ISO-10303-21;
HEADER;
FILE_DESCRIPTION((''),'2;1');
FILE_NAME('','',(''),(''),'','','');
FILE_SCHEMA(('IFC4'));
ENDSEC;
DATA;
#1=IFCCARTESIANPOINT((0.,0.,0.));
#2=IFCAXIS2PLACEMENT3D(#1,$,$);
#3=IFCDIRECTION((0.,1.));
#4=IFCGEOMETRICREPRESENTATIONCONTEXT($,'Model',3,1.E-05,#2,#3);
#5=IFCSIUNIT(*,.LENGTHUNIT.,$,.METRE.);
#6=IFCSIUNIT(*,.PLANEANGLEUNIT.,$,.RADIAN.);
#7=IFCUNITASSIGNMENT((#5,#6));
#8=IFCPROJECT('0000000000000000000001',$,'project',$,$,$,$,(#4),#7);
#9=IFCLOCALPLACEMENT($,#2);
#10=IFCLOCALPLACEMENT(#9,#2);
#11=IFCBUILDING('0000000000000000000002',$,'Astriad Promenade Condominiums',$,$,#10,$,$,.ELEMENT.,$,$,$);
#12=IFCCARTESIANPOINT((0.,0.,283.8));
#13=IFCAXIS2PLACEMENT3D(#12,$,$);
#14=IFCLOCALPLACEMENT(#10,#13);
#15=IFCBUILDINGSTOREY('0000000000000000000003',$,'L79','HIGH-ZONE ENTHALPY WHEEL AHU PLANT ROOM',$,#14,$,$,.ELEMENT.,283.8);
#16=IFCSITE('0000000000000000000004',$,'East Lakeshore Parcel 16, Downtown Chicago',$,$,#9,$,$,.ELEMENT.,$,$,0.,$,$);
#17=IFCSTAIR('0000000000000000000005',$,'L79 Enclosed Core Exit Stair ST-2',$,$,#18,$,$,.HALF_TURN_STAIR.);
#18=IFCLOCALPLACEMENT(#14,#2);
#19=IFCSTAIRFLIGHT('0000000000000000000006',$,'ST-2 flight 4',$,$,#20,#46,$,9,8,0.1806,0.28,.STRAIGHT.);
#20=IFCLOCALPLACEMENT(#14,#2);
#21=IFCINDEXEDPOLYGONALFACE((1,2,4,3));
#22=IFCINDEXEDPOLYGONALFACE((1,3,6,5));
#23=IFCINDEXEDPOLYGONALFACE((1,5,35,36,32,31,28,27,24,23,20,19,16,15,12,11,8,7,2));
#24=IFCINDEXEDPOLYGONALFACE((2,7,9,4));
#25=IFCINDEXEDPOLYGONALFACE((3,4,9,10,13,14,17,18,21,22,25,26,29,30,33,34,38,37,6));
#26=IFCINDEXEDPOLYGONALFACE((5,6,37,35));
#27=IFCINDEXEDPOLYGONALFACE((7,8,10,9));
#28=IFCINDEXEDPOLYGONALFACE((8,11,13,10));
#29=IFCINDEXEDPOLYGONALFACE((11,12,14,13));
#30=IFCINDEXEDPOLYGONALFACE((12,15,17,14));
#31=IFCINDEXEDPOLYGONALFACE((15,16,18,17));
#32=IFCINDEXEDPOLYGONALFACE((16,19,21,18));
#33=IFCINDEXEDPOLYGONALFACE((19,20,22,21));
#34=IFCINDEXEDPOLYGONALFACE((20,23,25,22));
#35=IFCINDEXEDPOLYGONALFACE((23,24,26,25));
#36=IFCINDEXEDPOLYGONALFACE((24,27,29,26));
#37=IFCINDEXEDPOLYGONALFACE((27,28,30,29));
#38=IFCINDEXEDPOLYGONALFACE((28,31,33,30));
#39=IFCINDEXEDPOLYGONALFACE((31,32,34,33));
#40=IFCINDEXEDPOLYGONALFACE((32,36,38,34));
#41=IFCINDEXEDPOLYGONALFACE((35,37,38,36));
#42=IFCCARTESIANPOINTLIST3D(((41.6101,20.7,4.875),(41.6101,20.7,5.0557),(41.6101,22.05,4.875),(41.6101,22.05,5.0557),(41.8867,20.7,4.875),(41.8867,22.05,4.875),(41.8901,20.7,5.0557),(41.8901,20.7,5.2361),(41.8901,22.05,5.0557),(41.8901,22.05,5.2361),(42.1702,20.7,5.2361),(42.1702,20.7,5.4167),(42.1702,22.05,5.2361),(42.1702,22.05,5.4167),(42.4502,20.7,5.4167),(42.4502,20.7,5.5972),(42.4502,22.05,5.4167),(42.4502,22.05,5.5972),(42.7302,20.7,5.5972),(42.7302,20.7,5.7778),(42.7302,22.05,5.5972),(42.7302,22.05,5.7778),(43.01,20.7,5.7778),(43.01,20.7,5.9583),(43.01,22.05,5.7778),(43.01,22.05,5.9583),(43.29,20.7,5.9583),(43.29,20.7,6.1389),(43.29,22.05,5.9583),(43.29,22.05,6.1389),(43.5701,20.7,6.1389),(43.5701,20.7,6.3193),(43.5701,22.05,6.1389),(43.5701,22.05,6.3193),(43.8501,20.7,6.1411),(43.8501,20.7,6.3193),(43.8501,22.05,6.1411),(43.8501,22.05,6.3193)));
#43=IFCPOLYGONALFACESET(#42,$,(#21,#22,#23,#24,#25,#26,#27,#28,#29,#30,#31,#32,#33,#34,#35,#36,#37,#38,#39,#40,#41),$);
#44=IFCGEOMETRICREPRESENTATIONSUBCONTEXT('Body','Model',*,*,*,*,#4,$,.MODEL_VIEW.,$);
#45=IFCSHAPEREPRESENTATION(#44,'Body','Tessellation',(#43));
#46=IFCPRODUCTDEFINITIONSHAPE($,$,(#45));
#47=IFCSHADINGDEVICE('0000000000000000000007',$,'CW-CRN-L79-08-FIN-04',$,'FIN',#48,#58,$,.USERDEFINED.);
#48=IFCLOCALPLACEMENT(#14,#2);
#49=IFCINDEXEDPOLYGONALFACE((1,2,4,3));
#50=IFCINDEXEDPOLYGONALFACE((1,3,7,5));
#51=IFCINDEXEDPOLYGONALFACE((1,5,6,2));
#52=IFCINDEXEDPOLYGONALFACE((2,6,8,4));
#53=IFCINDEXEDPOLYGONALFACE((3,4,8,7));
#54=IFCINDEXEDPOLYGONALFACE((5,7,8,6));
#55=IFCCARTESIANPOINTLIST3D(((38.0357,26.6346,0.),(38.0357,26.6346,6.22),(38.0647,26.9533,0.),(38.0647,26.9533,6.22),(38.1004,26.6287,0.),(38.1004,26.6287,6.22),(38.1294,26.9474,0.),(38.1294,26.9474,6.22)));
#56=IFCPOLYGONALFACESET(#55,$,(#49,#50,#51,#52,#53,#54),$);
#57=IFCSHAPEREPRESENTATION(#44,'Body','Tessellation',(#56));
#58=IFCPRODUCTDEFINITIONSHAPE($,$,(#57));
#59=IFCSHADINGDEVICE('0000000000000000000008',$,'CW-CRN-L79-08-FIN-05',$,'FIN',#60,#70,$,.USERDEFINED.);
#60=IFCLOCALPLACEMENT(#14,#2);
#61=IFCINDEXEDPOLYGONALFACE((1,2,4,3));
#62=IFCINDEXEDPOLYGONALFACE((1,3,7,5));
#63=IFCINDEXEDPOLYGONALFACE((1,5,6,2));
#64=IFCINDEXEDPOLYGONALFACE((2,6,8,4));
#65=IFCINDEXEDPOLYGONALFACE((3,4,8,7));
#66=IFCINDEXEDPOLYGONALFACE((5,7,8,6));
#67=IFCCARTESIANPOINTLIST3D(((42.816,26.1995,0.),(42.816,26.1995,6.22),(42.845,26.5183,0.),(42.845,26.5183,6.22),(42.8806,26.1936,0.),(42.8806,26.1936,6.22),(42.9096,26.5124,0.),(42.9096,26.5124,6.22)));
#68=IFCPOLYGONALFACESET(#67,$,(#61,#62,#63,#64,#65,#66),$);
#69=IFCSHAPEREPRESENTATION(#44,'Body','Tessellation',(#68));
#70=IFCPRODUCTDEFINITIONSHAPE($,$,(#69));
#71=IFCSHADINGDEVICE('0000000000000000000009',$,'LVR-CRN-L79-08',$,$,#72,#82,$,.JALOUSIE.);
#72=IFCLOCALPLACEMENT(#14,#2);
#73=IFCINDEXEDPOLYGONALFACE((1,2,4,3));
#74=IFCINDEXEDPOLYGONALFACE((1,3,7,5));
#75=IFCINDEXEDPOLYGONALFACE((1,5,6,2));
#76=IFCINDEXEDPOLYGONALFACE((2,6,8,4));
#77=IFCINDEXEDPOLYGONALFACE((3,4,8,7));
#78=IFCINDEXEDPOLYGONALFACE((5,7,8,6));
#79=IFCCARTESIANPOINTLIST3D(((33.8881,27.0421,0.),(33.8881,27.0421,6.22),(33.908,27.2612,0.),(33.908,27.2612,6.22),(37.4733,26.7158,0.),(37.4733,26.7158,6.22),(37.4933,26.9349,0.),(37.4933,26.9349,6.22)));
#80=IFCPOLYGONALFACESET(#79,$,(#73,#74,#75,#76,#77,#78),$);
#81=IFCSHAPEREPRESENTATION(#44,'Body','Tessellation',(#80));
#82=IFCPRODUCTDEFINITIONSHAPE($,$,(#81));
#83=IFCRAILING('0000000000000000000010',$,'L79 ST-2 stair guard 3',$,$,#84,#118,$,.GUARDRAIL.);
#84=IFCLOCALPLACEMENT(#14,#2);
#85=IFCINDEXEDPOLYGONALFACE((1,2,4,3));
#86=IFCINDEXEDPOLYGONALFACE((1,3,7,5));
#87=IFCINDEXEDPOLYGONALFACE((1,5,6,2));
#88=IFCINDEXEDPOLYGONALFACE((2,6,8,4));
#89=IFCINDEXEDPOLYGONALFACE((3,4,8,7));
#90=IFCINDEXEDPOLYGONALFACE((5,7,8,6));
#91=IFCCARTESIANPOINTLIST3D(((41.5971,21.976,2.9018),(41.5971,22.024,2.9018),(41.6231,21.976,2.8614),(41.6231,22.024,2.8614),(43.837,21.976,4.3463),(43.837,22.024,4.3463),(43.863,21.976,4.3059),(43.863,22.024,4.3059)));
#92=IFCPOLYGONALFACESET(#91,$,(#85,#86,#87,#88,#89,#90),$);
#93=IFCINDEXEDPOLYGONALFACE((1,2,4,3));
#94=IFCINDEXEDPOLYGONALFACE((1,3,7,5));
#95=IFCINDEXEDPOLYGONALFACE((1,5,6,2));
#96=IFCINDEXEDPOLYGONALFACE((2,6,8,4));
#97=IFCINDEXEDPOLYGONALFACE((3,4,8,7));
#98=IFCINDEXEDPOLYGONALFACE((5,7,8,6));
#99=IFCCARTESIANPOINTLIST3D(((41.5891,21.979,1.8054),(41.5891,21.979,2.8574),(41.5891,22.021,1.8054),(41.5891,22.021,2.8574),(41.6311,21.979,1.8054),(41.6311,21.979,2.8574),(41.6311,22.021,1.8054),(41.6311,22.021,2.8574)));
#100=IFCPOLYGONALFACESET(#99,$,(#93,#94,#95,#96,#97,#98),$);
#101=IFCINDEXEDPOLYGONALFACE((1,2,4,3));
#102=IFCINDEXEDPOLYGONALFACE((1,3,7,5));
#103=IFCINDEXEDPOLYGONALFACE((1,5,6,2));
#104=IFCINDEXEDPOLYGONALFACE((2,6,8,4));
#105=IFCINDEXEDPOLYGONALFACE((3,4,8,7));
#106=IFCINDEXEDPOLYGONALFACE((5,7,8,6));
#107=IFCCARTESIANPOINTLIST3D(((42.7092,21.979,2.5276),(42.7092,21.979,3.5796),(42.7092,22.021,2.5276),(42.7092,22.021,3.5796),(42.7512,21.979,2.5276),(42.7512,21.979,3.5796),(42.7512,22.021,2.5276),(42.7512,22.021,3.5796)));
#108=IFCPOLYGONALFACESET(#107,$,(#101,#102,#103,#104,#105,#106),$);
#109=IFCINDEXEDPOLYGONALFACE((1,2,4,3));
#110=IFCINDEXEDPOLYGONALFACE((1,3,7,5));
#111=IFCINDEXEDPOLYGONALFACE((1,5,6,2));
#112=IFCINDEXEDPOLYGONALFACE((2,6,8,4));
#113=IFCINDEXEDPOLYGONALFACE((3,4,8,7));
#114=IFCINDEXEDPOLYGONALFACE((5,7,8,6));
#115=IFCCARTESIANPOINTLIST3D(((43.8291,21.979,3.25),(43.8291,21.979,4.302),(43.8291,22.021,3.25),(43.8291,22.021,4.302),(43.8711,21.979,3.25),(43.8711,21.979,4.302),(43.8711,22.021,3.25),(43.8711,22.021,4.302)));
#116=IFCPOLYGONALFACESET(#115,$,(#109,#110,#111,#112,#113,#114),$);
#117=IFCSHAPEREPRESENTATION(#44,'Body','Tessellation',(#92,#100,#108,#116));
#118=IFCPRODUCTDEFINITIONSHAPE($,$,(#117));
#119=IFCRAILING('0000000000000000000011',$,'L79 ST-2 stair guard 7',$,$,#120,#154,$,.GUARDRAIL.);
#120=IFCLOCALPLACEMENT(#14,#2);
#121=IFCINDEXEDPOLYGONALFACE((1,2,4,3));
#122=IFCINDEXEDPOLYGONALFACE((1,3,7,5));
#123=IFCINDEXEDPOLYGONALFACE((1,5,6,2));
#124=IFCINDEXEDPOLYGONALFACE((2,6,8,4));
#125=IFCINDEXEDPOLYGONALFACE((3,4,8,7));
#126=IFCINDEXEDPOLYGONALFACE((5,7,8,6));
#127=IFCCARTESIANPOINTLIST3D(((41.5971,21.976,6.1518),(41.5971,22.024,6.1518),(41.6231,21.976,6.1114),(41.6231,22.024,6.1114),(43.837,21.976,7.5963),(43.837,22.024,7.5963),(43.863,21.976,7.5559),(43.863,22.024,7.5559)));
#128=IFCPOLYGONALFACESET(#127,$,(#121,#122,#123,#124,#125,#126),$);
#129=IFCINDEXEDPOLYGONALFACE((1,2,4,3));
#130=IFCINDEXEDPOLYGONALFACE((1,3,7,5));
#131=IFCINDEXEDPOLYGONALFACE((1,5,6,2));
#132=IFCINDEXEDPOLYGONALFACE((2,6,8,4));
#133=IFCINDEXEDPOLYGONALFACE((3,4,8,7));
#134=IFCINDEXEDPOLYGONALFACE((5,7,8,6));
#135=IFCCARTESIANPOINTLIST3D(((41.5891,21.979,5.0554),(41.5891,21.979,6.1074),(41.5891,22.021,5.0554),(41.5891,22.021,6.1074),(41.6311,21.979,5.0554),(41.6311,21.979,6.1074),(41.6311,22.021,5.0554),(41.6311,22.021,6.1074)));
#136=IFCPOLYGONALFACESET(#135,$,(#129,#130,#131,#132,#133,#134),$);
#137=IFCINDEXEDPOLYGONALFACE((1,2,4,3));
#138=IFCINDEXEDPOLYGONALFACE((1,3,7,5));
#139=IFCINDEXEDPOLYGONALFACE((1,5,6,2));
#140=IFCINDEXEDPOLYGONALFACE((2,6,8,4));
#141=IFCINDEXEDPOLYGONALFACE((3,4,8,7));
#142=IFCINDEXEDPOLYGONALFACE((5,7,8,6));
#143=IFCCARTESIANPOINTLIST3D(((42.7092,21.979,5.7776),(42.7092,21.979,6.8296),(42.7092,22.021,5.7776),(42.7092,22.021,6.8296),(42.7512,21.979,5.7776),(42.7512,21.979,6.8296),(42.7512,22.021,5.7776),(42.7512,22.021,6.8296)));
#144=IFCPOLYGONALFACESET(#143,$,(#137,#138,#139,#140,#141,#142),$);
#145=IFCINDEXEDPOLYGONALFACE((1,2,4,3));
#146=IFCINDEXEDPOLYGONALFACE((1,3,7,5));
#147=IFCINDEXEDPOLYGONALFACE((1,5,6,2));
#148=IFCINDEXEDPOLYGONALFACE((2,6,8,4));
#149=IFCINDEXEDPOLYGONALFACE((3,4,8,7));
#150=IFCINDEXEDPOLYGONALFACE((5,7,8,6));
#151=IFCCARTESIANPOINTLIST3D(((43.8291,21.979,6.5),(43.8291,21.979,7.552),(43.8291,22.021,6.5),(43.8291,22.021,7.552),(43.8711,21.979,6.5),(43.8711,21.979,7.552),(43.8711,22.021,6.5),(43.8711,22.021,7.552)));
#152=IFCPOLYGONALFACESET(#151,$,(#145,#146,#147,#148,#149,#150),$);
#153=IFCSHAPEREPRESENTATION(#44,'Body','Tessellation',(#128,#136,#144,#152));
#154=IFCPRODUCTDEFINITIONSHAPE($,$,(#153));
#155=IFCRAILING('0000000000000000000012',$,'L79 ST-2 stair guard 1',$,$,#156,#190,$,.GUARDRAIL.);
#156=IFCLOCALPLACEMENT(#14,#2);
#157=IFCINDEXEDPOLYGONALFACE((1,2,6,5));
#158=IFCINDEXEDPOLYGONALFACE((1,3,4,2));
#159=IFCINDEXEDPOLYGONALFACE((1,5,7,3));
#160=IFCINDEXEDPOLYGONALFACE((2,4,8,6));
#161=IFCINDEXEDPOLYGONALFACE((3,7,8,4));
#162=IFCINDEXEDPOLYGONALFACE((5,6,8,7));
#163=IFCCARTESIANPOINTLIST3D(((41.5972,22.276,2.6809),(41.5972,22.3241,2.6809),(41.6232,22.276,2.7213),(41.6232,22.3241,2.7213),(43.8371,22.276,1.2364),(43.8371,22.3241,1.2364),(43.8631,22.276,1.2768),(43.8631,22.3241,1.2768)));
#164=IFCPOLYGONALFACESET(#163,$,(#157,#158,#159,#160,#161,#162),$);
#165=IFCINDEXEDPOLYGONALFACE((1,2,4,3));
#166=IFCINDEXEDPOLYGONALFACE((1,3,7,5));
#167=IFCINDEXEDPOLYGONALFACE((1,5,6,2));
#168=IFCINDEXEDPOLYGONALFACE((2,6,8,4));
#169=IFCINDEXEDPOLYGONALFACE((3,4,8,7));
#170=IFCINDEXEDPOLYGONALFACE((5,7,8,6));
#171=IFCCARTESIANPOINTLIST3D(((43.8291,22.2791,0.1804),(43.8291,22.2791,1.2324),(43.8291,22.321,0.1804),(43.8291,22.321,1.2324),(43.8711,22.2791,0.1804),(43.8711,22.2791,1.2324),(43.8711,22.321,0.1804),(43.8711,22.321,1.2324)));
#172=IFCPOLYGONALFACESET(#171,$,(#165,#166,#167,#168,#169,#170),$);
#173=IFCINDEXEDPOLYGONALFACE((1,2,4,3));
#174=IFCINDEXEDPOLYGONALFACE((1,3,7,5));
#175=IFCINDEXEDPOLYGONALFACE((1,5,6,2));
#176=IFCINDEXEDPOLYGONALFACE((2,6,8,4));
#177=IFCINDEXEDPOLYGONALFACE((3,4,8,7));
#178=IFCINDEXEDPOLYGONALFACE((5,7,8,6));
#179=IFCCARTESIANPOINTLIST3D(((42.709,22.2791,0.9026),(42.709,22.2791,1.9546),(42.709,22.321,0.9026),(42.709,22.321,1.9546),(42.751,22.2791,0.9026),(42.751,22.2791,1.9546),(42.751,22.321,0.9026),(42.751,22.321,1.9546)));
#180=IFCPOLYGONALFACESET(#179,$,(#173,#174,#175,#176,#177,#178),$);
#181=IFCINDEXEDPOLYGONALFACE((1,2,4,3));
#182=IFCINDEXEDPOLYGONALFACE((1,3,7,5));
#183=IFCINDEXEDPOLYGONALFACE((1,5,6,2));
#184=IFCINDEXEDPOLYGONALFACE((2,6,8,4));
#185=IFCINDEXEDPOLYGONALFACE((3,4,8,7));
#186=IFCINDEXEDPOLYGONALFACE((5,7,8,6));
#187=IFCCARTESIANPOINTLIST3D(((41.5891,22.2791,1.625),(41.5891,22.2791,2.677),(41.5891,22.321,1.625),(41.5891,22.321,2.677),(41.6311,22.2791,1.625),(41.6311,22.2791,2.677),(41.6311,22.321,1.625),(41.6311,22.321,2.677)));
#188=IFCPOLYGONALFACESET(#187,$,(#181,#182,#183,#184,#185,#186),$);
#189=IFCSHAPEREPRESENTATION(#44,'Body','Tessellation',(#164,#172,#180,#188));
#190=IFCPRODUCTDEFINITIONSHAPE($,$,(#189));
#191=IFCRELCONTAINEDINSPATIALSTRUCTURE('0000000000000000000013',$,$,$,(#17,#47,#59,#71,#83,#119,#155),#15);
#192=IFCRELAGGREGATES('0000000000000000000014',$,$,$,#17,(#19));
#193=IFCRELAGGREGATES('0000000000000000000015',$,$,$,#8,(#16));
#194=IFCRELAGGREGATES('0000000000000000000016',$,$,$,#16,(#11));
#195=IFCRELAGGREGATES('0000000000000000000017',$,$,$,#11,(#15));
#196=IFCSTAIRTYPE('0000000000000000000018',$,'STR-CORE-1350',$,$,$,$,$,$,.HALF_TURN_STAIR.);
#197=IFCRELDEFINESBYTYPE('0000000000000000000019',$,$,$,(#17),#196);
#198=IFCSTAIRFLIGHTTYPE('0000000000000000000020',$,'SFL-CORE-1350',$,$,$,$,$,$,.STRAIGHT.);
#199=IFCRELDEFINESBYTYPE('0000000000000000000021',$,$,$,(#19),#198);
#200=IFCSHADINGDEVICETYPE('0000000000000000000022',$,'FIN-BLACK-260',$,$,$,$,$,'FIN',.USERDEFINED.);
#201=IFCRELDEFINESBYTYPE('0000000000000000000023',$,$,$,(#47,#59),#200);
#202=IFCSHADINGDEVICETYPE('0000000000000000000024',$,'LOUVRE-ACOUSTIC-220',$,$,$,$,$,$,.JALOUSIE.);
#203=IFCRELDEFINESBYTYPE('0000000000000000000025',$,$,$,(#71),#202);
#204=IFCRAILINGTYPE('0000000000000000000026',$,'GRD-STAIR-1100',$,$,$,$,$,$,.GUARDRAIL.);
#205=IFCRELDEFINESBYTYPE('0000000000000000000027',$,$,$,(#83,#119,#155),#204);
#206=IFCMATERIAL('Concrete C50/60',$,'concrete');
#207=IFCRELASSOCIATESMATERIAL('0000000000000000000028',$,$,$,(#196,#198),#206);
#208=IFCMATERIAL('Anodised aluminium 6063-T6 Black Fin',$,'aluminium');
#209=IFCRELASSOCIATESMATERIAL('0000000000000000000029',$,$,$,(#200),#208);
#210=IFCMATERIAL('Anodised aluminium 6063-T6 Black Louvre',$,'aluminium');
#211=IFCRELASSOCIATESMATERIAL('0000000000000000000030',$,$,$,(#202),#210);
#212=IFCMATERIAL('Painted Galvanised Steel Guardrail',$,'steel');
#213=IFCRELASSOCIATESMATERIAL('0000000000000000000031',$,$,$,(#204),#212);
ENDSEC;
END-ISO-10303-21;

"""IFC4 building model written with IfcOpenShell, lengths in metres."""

from ifc_helpers import new_model, si_unit, direction, frame, origin, origin_2d, place, context, subcontext, project, spatial, polyline, rectangle, outline, extrude, source, transform, mapped, material, type_object, type_shapes, element, aggregate, save


model = new_model("IFC4")

# Units and contexts
model_context = context("Model", 3, precision=1e-05, world=origin(), true_north=direction((0.0, 1.0)))
body_context = subcontext(model_context, "Body", "Model", "MODEL_VIEW")
ifc_project = project(units=[si_unit("LENGTHUNIT", "METRE"), si_unit("PLANEANGLEUNIT", "RADIAN")], contexts=[model_context])

# Site, building, storey
site_placement = place(None, origin())
site = spatial("IfcSite", under=ifc_project, at=site_placement, Name="East Lakeshore Parcel 16, Downtown Chicago", CompositionType="ELEMENT", RefElevation=0.0)
building_placement = place(site_placement, origin())
building = spatial("IfcBuilding", under=site, at=building_placement, Name="Astriad Promenade Condominiums", CompositionType="ELEMENT")
storey_placement = place(building_placement, frame((0.0, 0.0, 283.8)))
storey = spatial("IfcBuildingStorey", under=building, at=storey_placement, Name="L79", Description="HIGH-ZONE ENTHALPY WHEEL AHU PLANT ROOM", CompositionType="ELEMENT", Elevation=283.8)

# Shared definitions
ifc_material_1 = material(Name="Concrete C50/60", Category="concrete")

# Stair, stair flight
stair_type = type_object("IfcStairType", Name="STR-CORE-1350", PredefinedType="HALF_TURN_STAIR", material=ifc_material_1)
stair_placement = place(storey_placement, origin())
stair = element("IfcStair", 1, at=stair_placement, inside=storey, type_object=stair_type, Name="L79 Enclosed Core Exit Stair ST-2", PredefinedType="HALF_TURN_STAIR")
stair_flight_type = type_object("IfcStairFlightType", Name="SFL-CORE-1350", PredefinedType="STRAIGHT", material=ifc_material_1)
shared_shape_1 = source(origin(), body_context, "Body", "SweptSolid", [
    extrude(outline(polyline([(0.0, 0.0), (0.0, 0.1807), (0.28, 0.1807), (0.28, 0.3611), (0.5601, 0.3611), (0.5601, 0.5417), (0.8401, 0.5417), (0.8401, 0.7222), (1.1201, 0.7222), (1.1201, 0.9028), (1.3999, 0.9028), (1.3999, 1.0833), (1.6799, 1.0833), (1.6799, 1.2639), (1.96, 1.2639), (1.96, 1.4443), (2.24, 1.4443), (2.24, 1.625), (2.24, 1.2661), (0.2766, 0.0), (0.0, 0.0)])), frame((0.0, 0.675, 0.0), z_axis=(0.0, -1.0, 0.0), x_axis=(1.0, 0.0, 0.0)), (0.0, 0.0, 1.0), 1.3501),
])
type_shapes(stair_flight_type, [shared_shape_1])
stair_flight_1_placement = place(storey_placement, frame((41.6101, 21.375, 4.875), z_axis=(0.0, 0.0, 1.0), x_axis=(1.0, 0.0, 0.0)))
stair_flight_1 = element("IfcStairFlight", 2, at=stair_flight_1_placement, type_object=stair_flight_type, Name="ST-2 flight 4", NumberOfRisers=9, NumberOfTreads=8, PredefinedType="STRAIGHT", RiserHeight=0.1806, TreadLength=0.28, context=body_context, shape_type="MappedRepresentation", body=[
    mapped(shared_shape_1, transform((0.0, 0.0, 0.0), scale=1.0)),
])
aggregate(stair, [stair_flight_1])

# Shading devices
ifc_material_2 = material(Name="Anodised aluminium 6063-T6 Black Fin", Category="aluminium")
shading_device_type_1 = type_object("IfcShadingDeviceType", Name="FIN-BLACK-260", ElementType="FIN", PredefinedType="USERDEFINED", material=ifc_material_2)
shared_shape_2 = source(origin(), body_context, "Body", "SweptSolid", [
    extrude(rectangle(XDim=0.0649, YDim=0.3201, at=origin_2d()), origin(), (0.0, 0.0, 1.0), 6.22),
])
type_shapes(shading_device_type_1, [shared_shape_2])
for number, where, z_axis, x_axis, name in (
    (3, (38.0825, 26.791, 0.0), (0.0, 0.0, 1.0), (0.995884, -0.090633, 0.0), "CW-CRN-L79-08-FIN-04"),
    (4, (42.8628, 26.356, 0.0), (0.0, 0.0, 1.0), (0.995884, -0.090633, 0.0), "CW-CRN-L79-08-FIN-05"),
):
    element("IfcShadingDevice", number, at=place(storey_placement, frame(where, z_axis=z_axis, x_axis=x_axis)), inside=storey, type_object=shading_device_type_1, Name=name, ObjectType="FIN", PredefinedType="USERDEFINED", context=body_context, shape_type="MappedRepresentation", body=[
        mapped(shared_shape_2, transform((0.0, 0.0, 0.0), scale=1.0)),
    ])
ifc_material_3 = material(Name="Anodised aluminium 6063-T6 Black Louvre", Category="aluminium")
shading_device_type_2 = type_object("IfcShadingDeviceType", Name="LOUVRE-ACOUSTIC-220", PredefinedType="JALOUSIE", material=ifc_material_3)
shared_shape_3 = source(origin(), body_context, "Body", "SweptSolid", [
    extrude(rectangle(XDim=3.6001, YDim=0.22, at=origin_2d()), origin(), (0.0, 0.0, 1.0), 6.22),
])
type_shapes(shading_device_type_2, [shared_shape_3])
shading_device_placement = place(storey_placement, frame((35.6907, 26.9885, 0.0), z_axis=(0.0, 0.0, 1.0), x_axis=(0.995884, -0.090633, 0.0)))
element("IfcShadingDevice", 5, at=shading_device_placement, inside=storey, type_object=shading_device_type_2, Name="LVR-CRN-L79-08", PredefinedType="JALOUSIE", context=body_context, shape_type="MappedRepresentation", body=[
    mapped(shared_shape_3, transform((0.0, 0.0, 0.0), scale=1.0)),
])

# Railings
ifc_material_4 = material(Name="Painted Galvanised Steel Guardrail", Category="steel")
railing_type = type_object("IfcRailingType", Name="GRD-STAIR-1100", PredefinedType="GUARDRAIL", material=ifc_material_4)
shared_shape_4 = source(origin(), body_context, "Body", "SweptSolid", [
    extrude(rectangle(XDim=0.0481, YDim=0.0481, at=origin_2d()), frame((0.0, 0.0, 1.0762), z_axis=(0.840395, 0.0, 0.541975), x_axis=(0.0, 1.0, 0.0)), (0.0, 0.0, 1.0), 2.6653),
    extrude(rectangle(XDim=0.042, YDim=0.042, at=origin_2d()), origin(), (0.0, 0.0, 1.0), 1.052),
    extrude(rectangle(XDim=0.042, YDim=0.042, at=origin_2d()), frame((1.1201, 0.0, 0.7222)), (0.0, 0.0, 1.0), 1.052),
    extrude(rectangle(XDim=0.042, YDim=0.042, at=origin_2d()), frame((2.24, 0.0, 1.4446)), (0.0, 0.0, 1.0), 1.052),
])
for number, where, name in (
    (6, (41.6101, 22.0, 1.8054), "L79 ST-2 stair guard 3"),
    (7, (41.6101, 22.0, 5.0554), "L79 ST-2 stair guard 7"),
):
    element("IfcRailing", number, at=place(storey_placement, frame(where)), inside=storey, type_object=railing_type, Name=name, PredefinedType="GUARDRAIL", context=body_context, shape_type="MappedRepresentation", body=[
        mapped(shared_shape_4, transform((0.0, 0.0, 0.0), scale=1.0)),
    ])
shared_shape_5 = source(origin(), body_context, "Body", "SweptSolid", [
    extrude(rectangle(XDim=0.0481, YDim=0.0481, at=origin_2d()), frame((0.0, 0.0, 1.0762), z_axis=(-0.840395, 0.0, 0.541975), x_axis=(0.0, -1.0, 0.0)), (0.0, 0.0, 1.0), 2.6653),
    extrude(rectangle(XDim=0.042, YDim=0.042, at=origin_2d()), origin(), (0.0, 0.0, 1.0), 1.052),
    extrude(rectangle(XDim=0.042, YDim=0.042, at=origin_2d()), frame((-1.1201, 0.0, 0.7222)), (0.0, 0.0, 1.0), 1.052),
    extrude(rectangle(XDim=0.042, YDim=0.042, at=origin_2d()), frame((-2.24, 0.0, 1.4446)), (0.0, 0.0, 1.0), 1.052),
])
for number, where, name in (
    (8, (43.8501, 22.3, 0.1804), "L79 ST-2 stair guard 1"),
):
    element("IfcRailing", number, at=place(storey_placement, frame(where)), inside=storey, type_object=railing_type, Name=name, PredefinedType="GUARDRAIL", context=body_context, shape_type="MappedRepresentation", body=[
        mapped(shared_shape_5, transform((0.0, 0.0, 0.0), scale=1.0)),
    ])

save(model, "model.ifc")
